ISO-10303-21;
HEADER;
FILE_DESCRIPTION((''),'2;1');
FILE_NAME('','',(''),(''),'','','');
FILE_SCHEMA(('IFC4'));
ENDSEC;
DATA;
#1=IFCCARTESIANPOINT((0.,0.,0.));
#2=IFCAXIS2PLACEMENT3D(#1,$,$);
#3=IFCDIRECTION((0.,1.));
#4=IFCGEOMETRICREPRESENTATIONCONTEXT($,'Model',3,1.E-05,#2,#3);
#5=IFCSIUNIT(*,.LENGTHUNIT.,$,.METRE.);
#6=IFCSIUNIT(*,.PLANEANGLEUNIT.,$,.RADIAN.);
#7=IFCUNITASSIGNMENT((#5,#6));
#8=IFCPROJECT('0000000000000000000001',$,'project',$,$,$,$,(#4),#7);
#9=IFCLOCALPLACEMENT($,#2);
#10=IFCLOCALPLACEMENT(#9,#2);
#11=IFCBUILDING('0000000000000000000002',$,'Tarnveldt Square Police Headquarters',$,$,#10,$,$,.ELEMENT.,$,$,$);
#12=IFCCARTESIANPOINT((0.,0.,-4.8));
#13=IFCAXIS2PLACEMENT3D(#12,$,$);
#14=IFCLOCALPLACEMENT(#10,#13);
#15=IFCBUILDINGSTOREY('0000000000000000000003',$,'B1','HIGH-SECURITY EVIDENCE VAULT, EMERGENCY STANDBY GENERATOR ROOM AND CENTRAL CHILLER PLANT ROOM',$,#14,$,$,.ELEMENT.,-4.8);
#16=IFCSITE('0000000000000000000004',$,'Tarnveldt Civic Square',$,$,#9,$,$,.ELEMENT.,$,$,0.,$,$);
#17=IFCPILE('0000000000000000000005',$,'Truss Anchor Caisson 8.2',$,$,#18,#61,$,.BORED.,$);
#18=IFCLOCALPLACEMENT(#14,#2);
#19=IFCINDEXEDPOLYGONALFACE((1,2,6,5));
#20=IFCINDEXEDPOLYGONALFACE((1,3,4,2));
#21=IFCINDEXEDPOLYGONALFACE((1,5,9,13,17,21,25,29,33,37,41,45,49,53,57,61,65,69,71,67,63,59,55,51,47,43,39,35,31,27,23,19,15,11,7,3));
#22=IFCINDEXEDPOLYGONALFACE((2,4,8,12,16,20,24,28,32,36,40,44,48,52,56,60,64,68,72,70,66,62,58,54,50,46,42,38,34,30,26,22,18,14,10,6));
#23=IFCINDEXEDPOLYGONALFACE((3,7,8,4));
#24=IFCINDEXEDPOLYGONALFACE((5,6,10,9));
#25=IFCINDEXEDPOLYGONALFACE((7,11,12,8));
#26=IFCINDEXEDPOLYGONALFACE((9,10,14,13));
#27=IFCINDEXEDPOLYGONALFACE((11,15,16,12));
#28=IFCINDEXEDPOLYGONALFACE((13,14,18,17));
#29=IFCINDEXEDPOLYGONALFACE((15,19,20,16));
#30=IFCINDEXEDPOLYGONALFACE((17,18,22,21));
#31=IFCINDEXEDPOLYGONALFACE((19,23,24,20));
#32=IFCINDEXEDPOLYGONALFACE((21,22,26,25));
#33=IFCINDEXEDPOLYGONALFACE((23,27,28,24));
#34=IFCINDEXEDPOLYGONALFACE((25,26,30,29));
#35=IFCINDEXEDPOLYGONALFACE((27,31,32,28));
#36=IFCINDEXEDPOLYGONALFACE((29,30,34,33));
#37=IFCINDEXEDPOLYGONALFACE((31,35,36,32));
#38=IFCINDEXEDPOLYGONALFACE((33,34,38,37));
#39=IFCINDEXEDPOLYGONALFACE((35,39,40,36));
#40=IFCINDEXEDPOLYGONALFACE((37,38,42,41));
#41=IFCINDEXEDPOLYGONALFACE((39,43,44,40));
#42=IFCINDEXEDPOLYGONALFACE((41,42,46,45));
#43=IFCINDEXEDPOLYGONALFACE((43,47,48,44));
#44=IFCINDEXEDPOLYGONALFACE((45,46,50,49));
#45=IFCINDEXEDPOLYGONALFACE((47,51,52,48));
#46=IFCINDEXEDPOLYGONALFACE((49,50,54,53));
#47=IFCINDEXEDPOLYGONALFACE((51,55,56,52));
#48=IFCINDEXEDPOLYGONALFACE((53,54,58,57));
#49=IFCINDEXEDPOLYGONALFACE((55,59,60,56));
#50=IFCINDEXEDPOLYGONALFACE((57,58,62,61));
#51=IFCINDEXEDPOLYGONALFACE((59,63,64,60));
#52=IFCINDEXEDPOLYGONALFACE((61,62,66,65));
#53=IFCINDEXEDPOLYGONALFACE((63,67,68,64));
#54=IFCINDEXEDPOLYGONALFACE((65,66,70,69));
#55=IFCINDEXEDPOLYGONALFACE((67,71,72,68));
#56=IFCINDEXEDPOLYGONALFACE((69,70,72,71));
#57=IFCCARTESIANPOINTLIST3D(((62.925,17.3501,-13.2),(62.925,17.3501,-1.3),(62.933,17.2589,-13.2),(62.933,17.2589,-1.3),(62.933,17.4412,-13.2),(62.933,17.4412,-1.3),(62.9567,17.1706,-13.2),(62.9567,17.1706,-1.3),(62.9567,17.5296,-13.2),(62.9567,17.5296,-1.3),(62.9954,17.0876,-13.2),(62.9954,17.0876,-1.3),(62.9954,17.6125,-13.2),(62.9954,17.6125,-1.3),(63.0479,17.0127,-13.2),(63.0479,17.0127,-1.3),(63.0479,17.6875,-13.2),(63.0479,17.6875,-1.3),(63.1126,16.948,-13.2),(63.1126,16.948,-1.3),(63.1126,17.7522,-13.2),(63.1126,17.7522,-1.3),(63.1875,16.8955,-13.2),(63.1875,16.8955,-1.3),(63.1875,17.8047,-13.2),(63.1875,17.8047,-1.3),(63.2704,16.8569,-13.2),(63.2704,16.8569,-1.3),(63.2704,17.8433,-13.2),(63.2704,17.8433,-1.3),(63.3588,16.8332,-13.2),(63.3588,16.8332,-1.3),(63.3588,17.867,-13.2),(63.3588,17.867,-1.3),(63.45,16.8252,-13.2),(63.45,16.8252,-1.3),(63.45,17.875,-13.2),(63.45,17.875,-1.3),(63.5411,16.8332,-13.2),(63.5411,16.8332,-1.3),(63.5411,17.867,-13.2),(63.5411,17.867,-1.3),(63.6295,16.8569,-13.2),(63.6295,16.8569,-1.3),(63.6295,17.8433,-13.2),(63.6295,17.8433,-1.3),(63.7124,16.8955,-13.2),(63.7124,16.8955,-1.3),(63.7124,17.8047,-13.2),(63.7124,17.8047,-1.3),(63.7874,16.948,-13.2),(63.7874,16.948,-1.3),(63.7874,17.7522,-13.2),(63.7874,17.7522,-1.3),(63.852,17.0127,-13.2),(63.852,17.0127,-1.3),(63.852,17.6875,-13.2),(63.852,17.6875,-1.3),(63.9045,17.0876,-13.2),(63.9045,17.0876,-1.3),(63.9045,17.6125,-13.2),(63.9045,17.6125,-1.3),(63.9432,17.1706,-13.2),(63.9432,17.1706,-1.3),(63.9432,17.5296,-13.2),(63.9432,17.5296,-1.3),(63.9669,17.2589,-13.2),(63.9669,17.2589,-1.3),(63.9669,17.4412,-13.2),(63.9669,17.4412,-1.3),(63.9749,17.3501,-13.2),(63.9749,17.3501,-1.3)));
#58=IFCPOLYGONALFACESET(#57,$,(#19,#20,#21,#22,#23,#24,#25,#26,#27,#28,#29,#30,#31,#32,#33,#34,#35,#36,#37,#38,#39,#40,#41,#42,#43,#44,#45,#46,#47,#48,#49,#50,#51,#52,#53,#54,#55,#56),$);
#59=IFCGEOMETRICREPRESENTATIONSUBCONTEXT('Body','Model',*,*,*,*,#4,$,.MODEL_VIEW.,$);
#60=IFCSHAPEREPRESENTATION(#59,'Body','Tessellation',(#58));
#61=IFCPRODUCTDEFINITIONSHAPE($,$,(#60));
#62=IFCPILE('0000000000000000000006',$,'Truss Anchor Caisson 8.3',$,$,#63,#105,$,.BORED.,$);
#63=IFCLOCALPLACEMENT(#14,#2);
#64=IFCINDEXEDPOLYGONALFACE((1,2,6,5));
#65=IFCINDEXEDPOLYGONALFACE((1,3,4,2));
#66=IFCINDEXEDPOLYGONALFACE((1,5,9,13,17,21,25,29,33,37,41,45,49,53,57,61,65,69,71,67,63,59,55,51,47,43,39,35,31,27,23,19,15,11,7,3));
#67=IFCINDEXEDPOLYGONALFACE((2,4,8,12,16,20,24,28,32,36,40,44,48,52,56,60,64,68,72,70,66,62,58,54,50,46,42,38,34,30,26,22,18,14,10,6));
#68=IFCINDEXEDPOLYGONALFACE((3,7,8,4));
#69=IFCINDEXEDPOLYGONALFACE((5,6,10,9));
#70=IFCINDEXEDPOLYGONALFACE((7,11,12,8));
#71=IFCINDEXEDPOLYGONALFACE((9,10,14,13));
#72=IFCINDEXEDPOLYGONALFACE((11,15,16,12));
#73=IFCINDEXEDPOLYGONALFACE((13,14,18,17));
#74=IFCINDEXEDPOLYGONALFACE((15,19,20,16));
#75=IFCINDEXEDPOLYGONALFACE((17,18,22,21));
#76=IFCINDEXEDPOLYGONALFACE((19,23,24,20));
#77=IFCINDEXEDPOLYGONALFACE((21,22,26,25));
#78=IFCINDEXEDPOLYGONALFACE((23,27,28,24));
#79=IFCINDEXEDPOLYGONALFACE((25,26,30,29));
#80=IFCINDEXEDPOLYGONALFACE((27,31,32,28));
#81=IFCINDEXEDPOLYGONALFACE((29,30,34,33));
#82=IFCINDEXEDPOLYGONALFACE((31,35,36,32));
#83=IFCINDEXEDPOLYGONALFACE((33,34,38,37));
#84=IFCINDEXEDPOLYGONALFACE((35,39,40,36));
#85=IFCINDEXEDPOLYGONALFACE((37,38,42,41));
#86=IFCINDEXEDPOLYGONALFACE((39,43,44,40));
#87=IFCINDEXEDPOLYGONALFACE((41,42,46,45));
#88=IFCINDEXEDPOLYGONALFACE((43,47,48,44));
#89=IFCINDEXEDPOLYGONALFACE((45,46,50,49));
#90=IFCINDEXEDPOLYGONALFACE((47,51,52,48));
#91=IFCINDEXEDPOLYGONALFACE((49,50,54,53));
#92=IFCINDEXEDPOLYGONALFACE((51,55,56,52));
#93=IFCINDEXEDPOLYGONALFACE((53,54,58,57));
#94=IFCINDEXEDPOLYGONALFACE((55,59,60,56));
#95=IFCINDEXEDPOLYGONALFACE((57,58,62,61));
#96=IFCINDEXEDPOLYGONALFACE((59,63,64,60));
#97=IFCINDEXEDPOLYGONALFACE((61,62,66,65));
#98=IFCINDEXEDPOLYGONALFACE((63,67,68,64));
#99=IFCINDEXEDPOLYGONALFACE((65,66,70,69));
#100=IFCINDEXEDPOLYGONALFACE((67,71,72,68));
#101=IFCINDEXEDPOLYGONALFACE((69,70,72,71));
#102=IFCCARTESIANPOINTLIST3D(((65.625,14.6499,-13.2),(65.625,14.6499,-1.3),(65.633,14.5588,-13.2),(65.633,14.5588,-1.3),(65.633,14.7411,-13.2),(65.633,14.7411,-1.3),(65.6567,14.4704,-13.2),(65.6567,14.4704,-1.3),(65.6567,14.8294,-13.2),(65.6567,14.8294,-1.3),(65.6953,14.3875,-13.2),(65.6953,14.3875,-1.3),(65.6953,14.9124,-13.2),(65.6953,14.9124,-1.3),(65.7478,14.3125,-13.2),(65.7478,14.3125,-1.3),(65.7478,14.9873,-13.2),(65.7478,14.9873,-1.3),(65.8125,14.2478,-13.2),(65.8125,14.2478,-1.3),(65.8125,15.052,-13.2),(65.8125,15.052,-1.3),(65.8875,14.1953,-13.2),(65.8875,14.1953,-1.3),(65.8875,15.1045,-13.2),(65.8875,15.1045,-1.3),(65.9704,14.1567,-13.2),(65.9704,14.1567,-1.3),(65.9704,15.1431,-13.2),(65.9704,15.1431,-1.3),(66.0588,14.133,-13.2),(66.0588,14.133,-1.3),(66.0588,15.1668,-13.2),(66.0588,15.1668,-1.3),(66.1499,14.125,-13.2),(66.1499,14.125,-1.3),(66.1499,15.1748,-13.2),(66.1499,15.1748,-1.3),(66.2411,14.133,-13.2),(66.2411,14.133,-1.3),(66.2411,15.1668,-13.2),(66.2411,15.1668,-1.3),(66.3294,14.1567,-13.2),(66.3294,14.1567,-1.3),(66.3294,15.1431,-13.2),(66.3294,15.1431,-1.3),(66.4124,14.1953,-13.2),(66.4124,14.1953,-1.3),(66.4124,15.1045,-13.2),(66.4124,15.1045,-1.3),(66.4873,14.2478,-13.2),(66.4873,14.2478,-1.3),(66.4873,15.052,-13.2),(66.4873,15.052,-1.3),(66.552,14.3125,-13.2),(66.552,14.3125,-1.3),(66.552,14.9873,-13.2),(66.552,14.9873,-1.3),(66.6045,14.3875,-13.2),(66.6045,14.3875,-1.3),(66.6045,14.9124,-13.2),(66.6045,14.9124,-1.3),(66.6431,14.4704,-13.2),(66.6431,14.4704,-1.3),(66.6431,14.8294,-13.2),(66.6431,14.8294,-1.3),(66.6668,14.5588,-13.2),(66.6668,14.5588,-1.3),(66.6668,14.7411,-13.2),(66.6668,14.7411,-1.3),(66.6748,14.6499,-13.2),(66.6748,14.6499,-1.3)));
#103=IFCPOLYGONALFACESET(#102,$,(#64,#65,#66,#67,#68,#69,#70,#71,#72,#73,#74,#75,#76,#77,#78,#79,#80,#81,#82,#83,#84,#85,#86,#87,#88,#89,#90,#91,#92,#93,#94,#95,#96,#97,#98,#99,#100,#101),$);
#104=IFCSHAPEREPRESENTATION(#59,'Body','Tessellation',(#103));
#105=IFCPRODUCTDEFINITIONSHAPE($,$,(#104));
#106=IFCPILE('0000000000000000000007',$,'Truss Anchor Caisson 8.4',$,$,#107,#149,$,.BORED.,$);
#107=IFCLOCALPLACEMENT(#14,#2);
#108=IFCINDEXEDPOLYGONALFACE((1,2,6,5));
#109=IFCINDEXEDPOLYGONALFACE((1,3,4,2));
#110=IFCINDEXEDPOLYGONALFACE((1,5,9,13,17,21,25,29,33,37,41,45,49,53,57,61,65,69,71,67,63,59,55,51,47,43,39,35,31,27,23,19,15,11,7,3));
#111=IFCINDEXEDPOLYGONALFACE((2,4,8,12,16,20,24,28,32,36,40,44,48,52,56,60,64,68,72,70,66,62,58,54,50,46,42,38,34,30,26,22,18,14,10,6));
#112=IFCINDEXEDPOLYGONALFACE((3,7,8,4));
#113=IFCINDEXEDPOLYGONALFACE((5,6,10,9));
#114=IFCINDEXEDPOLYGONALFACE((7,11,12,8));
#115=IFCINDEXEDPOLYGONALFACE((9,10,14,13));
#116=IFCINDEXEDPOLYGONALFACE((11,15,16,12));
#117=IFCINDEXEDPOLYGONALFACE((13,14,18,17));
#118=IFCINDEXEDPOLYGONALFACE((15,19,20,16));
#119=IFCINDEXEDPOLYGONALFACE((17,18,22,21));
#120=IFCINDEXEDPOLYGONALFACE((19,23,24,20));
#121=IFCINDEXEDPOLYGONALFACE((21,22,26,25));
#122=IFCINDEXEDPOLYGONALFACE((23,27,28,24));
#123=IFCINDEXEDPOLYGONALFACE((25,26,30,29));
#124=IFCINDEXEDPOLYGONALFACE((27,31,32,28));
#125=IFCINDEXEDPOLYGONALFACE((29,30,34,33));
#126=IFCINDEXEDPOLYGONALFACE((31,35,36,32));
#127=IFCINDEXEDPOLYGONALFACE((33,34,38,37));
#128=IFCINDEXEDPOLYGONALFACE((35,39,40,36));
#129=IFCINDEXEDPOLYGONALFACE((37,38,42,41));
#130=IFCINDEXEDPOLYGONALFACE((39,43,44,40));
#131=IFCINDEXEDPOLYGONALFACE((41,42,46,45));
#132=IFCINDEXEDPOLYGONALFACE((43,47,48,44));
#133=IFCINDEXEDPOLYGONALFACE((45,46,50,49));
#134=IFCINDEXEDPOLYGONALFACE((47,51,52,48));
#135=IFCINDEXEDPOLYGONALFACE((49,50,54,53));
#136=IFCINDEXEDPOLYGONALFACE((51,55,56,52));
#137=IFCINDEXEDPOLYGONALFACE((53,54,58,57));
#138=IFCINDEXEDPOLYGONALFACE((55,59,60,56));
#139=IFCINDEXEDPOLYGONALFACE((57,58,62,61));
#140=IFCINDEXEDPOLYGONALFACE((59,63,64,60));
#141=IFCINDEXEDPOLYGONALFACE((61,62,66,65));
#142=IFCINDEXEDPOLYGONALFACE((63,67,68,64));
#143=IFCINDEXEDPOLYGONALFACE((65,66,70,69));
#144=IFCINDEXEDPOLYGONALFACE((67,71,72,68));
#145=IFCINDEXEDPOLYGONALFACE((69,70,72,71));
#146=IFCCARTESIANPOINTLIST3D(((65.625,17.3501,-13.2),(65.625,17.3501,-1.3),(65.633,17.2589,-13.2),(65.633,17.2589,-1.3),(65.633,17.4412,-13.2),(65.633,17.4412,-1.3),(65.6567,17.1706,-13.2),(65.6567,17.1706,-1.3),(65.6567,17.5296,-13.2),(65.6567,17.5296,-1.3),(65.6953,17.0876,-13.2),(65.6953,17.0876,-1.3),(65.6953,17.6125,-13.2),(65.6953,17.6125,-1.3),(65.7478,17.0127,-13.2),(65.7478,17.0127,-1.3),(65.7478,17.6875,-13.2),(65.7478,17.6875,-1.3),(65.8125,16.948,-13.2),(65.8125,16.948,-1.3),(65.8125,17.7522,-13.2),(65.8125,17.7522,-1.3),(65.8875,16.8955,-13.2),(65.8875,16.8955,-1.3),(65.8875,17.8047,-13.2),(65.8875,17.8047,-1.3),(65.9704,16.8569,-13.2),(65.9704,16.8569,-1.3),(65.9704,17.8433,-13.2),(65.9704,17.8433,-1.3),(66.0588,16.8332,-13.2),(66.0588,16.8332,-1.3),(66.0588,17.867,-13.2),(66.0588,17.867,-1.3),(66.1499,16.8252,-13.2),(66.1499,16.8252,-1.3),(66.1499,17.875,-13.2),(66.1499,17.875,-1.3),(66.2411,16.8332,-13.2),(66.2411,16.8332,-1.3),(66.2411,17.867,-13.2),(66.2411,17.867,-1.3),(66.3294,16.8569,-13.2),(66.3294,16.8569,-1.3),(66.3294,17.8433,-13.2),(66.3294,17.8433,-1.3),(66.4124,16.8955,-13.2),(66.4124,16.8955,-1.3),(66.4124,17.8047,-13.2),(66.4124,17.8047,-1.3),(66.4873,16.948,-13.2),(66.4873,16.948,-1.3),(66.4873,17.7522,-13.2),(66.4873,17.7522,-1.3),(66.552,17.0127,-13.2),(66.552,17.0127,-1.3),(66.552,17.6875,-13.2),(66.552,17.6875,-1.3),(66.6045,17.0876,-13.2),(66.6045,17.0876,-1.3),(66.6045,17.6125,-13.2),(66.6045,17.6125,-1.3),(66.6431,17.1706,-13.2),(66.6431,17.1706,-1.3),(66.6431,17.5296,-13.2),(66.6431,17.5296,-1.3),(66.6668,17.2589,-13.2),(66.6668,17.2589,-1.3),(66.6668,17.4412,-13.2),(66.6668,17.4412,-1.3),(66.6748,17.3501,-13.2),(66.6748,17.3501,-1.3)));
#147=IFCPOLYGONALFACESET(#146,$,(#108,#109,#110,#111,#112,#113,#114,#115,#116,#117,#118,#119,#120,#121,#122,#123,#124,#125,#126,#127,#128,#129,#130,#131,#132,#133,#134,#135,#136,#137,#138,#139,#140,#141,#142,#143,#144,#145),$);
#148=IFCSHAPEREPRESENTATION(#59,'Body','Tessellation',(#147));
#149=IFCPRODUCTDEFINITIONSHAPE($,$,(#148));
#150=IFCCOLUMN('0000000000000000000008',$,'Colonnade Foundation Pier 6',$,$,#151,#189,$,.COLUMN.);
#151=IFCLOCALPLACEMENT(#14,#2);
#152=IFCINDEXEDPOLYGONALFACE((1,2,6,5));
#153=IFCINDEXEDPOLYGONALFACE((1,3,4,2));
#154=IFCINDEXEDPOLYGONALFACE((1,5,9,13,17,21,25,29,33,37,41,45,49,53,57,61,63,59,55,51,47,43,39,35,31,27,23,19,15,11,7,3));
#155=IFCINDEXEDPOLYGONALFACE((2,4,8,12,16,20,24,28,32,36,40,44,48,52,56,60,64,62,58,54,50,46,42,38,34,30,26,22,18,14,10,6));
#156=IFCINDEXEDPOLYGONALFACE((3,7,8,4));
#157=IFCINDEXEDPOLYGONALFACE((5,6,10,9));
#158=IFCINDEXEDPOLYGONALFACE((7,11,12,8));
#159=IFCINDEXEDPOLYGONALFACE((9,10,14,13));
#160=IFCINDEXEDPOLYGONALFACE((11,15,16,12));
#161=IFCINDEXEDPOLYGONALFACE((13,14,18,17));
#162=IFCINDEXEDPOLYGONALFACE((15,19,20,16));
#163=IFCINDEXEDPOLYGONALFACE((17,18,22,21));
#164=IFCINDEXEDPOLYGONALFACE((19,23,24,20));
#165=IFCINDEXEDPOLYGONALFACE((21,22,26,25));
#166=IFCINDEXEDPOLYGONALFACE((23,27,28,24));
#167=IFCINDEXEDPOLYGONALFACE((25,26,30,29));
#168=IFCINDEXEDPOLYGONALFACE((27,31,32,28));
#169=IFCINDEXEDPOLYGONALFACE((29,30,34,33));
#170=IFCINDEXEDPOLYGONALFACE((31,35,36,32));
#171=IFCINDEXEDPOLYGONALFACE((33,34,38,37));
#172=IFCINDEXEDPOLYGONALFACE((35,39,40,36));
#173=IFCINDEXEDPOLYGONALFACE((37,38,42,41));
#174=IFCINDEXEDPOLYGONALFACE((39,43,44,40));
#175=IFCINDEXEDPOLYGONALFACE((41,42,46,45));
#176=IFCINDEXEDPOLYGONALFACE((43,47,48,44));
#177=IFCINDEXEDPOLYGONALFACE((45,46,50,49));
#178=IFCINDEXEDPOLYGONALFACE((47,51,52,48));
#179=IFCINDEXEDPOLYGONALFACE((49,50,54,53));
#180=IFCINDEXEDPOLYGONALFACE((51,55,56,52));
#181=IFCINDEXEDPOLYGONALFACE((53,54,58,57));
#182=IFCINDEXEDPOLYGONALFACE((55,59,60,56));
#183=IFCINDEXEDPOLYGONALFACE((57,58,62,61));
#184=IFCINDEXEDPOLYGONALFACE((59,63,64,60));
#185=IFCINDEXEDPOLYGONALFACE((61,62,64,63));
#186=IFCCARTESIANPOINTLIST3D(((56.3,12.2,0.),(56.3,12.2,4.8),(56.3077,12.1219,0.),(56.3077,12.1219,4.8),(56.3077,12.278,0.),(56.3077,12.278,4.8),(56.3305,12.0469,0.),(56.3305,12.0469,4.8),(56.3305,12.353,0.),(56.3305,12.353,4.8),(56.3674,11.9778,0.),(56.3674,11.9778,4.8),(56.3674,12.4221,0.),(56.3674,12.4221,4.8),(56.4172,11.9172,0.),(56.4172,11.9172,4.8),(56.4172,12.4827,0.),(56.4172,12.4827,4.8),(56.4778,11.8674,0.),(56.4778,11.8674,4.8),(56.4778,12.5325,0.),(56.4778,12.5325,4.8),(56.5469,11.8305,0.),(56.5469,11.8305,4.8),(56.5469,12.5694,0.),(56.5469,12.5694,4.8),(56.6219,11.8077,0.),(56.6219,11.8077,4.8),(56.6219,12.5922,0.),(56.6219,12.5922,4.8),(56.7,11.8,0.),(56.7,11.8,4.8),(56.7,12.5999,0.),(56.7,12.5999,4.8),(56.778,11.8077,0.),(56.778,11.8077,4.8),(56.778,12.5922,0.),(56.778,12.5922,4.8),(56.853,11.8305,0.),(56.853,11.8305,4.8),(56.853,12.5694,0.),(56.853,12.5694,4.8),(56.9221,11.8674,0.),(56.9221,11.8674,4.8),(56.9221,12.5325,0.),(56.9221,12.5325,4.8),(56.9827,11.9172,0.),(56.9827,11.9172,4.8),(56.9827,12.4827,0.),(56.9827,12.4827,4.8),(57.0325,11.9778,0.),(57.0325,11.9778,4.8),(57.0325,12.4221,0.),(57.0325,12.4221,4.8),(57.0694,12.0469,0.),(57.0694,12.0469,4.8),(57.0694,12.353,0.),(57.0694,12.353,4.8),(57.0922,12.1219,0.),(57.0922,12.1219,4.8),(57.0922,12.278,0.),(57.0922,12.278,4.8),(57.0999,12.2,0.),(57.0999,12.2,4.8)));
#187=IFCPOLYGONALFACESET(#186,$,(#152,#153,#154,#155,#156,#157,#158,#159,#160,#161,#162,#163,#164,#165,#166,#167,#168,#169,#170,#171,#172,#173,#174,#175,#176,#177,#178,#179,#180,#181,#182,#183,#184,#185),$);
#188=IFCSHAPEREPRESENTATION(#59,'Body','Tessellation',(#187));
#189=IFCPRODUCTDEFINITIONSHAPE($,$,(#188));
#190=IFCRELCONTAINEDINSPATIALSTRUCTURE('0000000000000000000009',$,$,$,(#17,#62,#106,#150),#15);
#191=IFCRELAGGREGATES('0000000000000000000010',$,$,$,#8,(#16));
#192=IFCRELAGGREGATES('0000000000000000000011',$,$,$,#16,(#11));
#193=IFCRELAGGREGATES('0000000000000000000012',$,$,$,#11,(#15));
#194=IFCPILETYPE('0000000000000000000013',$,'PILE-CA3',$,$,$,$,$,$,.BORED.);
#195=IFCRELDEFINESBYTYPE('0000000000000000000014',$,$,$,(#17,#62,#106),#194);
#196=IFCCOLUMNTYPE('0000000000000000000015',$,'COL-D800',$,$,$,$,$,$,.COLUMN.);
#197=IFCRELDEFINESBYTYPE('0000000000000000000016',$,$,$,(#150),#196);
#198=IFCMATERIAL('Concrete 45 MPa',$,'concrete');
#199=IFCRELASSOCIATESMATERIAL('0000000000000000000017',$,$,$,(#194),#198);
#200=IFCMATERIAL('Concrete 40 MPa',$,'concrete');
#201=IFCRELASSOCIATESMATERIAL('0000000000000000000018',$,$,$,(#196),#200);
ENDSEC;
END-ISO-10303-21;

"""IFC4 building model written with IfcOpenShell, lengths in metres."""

from ifc_helpers import new_model, si_unit, direction, frame, origin, origin_2d, place, context, subcontext, project, spatial, circle, extrude, material, material_profile, profile_set, type_object, element, save


model = new_model("IFC4")

# Units and contexts
model_context = context("Model", 3, precision=1e-05, world=origin(), true_north=direction((0.0, 1.0)))
body_context = subcontext(model_context, "Body", "Model", "MODEL_VIEW")
ifc_project = project(units=[si_unit("LENGTHUNIT", "METRE"), si_unit("PLANEANGLEUNIT", "RADIAN")], contexts=[model_context])

# Site, building, storey
site_placement = place(None, origin())
site = spatial("IfcSite", under=ifc_project, at=site_placement, Name="Tarnveldt Civic Square", CompositionType="ELEMENT", RefElevation=0.0)
building_placement = place(site_placement, origin())
building = spatial("IfcBuilding", under=site, at=building_placement, Name="Tarnveldt Square Police Headquarters", CompositionType="ELEMENT")
storey_placement = place(building_placement, frame((0.0, 0.0, -4.8)))
storey = spatial("IfcBuildingStorey", under=building, at=storey_placement, Name="B1", Description="HIGH-SECURITY EVIDENCE VAULT, EMERGENCY STANDBY GENERATOR ROOM AND CENTRAL CHILLER PLANT ROOM", CompositionType="ELEMENT", Elevation=-4.8)

# Shared definitions
ifc_material_1 = material(Name="Concrete 45 MPa", Category="concrete")
ifc_material_2 = material(Name="Concrete 40 MPa", Category="concrete")

# Piles
ifc_material_profile_1 = material_profile(ifc_material_1, circle(Radius=0.5249, at=origin_2d()), Name="CAISSON-D1050")
ifc_profile_set_1 = profile_set([ifc_material_profile_1], Name="Concrete 45 MPa")
pile_type_1 = type_object("IfcPileType", Name="PILE-CA3", PredefinedType="BORED", material=ifc_profile_set_1)
for number, where, z_axis, x_axis, name in (
    (1, (63.45, 17.3501, -1.3), (0.0, 0.0, -1.0), (1.0, 0.0, 0.0), "Truss Anchor Caisson 8.2"),
    (2, (66.1499, 14.6499, -1.3), (0.0, 0.0, -1.0), (1.0, 0.0, 0.0), "Truss Anchor Caisson 8.3"),
    (3, (66.1499, 17.3501, -1.3), (0.0, 0.0, -1.0), (1.0, 0.0, 0.0), "Truss Anchor Caisson 8.4"),
):
    element("IfcPile", number, at=place(storey_placement, frame(where, z_axis=z_axis, x_axis=x_axis)), inside=storey, type_object=pile_type_1, Name=name, PredefinedType="BORED", context=body_context, shape_type="SweptSolid", body=[
        extrude(circle(Radius=0.5249, at=origin_2d()), origin(), (0.0, 0.0, 1.0), 11.8999),
    ])

# Column
ifc_material_profile_2 = material_profile(ifc_material_2, circle(Radius=0.3999, at=origin_2d()), Name="RC-D800")
ifc_profile_set_2 = profile_set([ifc_material_profile_2], Name="Concrete 40 MPa")
column_type_1 = type_object("IfcColumnType", Name="COL-D800", PredefinedType="COLUMN", material=ifc_profile_set_2)
for number, where, z_axis, x_axis, name in (
    (4, (56.7, 12.2, 0.0), (0.0, 0.0, 1.0), (1.0, 0.0, 0.0), "Colonnade Foundation Pier 6"),
):
    element("IfcColumn", number, at=place(storey_placement, frame(where, z_axis=z_axis, x_axis=x_axis)), inside=storey, type_object=column_type_1, Name=name, PredefinedType="COLUMN", context=body_context, shape_type="SweptSolid", body=[
        extrude(circle(Radius=0.3999, at=origin_2d()), origin(), (0.0, 0.0, 1.0), 4.8),
    ])

save(model, "model.ifc")
